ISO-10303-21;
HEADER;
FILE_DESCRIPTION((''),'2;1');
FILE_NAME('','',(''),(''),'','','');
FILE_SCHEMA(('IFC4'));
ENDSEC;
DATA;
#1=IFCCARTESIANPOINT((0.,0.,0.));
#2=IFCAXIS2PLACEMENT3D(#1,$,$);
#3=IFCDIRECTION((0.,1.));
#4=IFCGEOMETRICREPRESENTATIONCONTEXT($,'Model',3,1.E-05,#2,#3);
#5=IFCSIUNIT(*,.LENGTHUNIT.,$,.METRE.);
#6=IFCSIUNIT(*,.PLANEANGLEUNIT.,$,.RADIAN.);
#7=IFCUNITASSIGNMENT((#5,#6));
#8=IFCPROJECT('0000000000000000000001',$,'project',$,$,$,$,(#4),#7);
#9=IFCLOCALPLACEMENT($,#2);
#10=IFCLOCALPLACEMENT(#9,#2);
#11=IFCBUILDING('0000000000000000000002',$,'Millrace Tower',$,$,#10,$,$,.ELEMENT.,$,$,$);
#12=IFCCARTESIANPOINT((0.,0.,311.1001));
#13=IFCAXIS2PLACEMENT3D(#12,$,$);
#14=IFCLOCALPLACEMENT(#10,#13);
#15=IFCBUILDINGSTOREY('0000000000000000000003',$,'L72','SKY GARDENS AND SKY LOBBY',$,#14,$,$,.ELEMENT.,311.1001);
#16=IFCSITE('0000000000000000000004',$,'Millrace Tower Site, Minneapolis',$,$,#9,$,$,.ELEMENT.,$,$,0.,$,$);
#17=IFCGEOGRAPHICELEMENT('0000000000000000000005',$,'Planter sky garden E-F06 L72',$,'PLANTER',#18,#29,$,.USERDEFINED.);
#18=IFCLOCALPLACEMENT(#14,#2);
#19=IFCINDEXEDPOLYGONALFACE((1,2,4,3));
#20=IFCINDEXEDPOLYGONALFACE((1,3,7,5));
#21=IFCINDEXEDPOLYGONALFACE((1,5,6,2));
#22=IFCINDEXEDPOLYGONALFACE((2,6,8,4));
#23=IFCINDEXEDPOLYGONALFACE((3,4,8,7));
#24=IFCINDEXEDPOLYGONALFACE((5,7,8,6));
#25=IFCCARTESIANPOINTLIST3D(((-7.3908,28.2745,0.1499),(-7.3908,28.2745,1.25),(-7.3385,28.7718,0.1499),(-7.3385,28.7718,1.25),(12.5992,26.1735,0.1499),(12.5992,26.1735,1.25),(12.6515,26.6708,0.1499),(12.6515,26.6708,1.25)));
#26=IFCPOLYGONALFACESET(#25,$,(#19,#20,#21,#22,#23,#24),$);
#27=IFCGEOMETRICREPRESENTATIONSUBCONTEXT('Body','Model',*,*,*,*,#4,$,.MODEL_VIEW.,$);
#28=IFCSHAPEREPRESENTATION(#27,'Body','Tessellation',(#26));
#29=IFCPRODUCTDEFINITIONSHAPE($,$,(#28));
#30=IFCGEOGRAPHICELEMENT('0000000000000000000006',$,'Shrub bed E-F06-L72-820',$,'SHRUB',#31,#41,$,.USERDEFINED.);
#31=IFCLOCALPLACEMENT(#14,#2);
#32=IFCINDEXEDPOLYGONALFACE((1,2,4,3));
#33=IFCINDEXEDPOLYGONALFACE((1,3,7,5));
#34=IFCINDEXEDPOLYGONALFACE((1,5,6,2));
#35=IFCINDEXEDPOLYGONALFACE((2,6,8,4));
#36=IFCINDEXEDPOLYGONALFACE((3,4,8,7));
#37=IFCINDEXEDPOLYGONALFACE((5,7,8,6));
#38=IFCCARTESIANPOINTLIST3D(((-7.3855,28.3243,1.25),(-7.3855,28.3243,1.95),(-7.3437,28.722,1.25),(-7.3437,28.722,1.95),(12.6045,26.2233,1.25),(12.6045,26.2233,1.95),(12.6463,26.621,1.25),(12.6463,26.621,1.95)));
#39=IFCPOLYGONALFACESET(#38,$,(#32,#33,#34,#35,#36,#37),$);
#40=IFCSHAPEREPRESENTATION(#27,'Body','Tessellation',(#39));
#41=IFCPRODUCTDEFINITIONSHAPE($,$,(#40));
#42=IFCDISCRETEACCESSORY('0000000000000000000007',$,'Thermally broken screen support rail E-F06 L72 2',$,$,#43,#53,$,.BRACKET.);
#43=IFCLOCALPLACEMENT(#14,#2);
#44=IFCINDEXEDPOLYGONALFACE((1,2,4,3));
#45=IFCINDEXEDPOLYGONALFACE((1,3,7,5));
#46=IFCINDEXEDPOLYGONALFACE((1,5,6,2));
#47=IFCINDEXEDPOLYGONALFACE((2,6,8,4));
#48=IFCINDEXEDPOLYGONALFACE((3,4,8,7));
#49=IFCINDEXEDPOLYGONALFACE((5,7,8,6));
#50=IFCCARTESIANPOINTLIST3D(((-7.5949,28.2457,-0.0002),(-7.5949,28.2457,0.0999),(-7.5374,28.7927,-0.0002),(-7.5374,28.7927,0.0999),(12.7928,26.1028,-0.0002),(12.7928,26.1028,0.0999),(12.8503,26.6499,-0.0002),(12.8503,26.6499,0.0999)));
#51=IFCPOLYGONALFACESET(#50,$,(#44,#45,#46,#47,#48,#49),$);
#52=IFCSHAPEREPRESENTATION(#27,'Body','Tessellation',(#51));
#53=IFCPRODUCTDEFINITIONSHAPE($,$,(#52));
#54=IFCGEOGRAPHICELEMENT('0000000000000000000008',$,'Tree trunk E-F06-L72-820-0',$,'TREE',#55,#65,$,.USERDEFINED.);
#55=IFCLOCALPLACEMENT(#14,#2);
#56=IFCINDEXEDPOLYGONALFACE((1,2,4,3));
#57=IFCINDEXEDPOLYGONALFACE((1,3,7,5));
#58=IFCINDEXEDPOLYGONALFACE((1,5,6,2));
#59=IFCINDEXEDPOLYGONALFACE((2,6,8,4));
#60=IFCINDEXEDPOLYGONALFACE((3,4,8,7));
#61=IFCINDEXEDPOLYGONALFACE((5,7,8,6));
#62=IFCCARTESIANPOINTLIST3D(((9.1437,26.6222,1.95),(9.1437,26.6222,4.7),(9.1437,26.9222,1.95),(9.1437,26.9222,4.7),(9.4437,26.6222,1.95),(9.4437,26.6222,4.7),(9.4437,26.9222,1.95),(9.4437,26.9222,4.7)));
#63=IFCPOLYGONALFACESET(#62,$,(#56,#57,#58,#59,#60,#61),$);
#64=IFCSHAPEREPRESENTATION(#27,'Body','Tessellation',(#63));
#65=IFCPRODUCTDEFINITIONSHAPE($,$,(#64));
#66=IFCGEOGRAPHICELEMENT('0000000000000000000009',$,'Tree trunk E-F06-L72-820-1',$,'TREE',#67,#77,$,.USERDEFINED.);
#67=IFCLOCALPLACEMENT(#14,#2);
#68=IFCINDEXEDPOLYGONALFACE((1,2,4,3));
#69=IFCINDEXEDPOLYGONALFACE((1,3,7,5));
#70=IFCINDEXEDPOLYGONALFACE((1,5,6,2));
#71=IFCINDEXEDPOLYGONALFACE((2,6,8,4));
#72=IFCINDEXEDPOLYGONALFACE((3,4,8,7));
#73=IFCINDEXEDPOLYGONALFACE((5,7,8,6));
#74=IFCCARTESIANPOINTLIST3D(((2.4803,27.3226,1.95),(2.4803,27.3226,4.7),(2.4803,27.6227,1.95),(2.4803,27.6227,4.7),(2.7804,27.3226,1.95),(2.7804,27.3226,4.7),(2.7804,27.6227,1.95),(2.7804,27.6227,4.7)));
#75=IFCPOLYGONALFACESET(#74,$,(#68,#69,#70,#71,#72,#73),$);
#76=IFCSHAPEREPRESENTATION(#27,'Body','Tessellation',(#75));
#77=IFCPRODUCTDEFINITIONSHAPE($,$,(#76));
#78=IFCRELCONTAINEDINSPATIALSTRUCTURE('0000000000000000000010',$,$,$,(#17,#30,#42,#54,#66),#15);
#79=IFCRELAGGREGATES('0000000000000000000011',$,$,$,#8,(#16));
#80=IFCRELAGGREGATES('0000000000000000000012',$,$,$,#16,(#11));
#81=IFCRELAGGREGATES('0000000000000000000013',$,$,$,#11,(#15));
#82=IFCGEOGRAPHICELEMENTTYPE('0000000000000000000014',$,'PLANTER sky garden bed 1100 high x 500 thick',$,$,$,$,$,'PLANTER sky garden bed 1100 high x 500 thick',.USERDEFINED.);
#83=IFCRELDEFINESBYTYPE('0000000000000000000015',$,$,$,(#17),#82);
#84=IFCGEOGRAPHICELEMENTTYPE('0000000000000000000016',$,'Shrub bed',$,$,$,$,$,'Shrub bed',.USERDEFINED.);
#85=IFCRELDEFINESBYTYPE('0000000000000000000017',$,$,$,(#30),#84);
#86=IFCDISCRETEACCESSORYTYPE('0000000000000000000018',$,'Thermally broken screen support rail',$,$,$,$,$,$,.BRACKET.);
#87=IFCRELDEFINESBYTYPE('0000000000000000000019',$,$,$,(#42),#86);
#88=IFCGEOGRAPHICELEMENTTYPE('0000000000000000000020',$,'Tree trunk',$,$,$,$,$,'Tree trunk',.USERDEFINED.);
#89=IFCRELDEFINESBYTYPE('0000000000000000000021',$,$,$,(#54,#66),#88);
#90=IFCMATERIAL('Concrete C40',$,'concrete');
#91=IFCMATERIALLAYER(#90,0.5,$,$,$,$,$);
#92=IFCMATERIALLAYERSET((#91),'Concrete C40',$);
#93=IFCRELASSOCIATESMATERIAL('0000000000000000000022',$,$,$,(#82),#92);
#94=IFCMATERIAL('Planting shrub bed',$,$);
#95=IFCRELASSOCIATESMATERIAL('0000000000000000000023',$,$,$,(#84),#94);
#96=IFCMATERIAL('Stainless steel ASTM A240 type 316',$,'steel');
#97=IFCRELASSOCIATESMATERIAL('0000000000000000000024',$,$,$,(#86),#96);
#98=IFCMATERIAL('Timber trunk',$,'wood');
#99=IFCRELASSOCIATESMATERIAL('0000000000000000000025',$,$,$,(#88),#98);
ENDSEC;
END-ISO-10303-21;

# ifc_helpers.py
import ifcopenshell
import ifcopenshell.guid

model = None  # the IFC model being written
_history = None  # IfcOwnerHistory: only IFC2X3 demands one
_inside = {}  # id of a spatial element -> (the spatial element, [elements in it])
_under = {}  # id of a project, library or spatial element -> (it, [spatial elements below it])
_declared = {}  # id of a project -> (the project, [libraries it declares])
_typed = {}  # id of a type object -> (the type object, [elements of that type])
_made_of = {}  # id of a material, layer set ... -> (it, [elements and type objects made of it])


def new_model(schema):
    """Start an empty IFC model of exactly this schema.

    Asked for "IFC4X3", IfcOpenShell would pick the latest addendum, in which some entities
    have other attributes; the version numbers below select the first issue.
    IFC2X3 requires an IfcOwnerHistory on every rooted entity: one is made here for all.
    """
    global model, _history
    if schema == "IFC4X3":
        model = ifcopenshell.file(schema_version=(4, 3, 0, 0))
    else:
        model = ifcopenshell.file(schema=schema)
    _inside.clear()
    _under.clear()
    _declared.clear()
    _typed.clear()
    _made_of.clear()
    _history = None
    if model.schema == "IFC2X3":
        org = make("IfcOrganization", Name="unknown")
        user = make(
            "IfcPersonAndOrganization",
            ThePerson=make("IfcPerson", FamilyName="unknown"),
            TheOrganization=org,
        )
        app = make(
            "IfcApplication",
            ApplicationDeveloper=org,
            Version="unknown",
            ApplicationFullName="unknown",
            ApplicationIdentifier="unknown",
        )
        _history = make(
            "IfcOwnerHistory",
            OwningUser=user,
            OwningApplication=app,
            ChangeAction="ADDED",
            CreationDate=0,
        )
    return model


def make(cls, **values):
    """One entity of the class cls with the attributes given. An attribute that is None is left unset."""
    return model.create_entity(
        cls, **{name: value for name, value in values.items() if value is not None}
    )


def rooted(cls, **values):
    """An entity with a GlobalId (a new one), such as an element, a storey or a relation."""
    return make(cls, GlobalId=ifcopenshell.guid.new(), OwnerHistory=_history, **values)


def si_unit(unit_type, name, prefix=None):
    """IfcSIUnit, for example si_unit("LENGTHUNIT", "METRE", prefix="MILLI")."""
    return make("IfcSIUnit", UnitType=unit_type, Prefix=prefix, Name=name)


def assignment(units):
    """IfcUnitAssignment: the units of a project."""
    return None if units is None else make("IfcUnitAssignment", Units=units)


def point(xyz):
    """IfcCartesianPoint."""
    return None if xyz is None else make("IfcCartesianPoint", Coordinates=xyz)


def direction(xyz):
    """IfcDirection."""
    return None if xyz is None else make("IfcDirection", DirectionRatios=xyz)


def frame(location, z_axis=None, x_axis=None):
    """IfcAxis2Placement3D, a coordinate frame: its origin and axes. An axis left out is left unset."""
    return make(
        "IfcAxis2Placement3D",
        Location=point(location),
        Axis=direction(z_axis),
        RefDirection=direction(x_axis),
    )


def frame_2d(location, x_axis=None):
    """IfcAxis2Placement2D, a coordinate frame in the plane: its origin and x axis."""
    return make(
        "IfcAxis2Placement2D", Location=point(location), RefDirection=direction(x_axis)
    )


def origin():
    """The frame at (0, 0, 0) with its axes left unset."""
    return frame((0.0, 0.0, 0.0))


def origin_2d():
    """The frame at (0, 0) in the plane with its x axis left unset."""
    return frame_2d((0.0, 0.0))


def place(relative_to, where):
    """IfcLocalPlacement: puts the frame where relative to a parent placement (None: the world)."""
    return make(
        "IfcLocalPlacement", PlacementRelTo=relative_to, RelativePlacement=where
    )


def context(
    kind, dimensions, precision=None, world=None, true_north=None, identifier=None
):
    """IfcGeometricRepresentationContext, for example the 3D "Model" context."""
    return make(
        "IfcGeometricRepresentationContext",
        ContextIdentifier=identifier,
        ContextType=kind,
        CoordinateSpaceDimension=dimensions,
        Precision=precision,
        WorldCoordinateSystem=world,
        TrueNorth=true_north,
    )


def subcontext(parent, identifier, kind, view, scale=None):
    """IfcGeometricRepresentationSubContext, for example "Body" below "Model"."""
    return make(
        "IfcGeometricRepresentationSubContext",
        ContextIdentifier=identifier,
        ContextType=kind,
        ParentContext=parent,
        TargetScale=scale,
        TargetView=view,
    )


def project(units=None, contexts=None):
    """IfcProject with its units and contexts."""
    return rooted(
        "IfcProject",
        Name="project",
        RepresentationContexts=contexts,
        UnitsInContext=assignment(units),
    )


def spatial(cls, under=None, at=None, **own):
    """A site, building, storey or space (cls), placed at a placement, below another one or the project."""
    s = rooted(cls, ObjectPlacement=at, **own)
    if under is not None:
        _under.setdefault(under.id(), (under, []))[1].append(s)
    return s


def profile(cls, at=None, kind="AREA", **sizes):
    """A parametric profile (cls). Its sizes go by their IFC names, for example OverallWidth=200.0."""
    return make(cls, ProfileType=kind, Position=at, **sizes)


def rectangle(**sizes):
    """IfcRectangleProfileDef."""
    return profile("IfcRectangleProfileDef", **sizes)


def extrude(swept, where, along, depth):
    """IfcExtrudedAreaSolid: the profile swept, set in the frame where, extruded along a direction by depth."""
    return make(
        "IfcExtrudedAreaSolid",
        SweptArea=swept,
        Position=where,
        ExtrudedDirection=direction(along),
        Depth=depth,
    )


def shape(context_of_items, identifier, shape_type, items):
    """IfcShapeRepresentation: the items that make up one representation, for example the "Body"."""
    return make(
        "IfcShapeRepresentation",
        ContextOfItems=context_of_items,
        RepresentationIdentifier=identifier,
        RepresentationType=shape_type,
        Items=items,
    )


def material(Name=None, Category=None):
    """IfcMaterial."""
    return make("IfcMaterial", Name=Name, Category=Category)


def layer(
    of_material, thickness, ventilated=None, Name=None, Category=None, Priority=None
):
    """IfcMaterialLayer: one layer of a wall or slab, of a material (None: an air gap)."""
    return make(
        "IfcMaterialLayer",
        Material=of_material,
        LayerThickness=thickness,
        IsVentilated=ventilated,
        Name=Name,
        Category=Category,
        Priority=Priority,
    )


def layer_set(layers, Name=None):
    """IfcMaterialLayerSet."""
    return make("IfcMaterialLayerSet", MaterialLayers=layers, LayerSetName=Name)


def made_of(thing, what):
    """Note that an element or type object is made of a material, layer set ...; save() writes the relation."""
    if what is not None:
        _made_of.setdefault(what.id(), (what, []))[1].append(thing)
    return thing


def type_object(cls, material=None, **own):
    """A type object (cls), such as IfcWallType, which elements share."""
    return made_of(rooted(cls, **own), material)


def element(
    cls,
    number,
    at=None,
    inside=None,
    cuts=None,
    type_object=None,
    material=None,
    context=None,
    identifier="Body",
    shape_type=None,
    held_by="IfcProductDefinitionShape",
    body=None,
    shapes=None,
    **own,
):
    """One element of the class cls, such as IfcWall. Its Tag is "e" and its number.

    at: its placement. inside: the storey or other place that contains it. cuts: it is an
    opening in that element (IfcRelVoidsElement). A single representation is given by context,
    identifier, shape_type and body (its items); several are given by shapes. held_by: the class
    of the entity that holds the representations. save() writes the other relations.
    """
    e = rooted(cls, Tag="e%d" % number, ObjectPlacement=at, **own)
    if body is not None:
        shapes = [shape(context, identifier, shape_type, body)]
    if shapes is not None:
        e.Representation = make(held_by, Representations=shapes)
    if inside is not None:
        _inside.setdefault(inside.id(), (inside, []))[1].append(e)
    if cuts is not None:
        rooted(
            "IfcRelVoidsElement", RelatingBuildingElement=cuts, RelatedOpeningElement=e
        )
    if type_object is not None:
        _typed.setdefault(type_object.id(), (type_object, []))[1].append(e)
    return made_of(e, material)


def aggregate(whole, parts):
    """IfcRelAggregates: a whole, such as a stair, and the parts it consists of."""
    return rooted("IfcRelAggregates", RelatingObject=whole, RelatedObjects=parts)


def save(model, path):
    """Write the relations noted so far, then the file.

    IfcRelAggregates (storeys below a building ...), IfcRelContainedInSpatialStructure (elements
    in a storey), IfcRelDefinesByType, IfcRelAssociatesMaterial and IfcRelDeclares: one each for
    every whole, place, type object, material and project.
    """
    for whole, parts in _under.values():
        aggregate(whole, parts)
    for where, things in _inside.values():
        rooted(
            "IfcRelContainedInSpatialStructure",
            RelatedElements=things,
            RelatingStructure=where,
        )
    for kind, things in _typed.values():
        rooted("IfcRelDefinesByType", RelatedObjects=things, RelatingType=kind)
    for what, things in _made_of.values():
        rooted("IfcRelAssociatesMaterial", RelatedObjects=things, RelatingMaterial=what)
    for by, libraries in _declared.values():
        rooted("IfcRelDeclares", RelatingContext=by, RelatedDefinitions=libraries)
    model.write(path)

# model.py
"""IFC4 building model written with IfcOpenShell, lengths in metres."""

from ifc_helpers import new_model, si_unit, direction, frame, origin, origin_2d, place, context, subcontext, project, spatial, rectangle, extrude, material, layer, layer_set, type_object, element, save


model = new_model("IFC4")

# Units and contexts
model_context = context("Model", 3, precision=1e-05, world=origin(), true_north=direction((0.0, 1.0)))
body_context = subcontext(model_context, "Body", "Model", "MODEL_VIEW")
ifc_project = project(units=[si_unit("LENGTHUNIT", "METRE"), si_unit("PLANEANGLEUNIT", "RADIAN")], contexts=[model_context])

# Site, building, storey
site_placement = place(None, origin())
site = spatial("IfcSite", under=ifc_project, at=site_placement, Name="Millrace Tower Site, Minneapolis", CompositionType="ELEMENT", RefElevation=0.0)
building_placement = place(site_placement, origin())
building = spatial("IfcBuilding", under=site, at=building_placement, Name="Millrace Tower", CompositionType="ELEMENT")
storey_placement = place(building_placement, frame((0.0, 0.0, 311.1001)))
storey = spatial("IfcBuildingStorey", under=building, at=storey_placement, Name="L72", Description="SKY GARDENS AND SKY LOBBY", CompositionType="ELEMENT", Elevation=311.1001)

# Geographic elements
ifc_material_1 = material(Name="Concrete C40", Category="concrete")
ifc_layer_1 = layer(ifc_material_1, 0.5)
ifc_layer_set_1 = layer_set([ifc_layer_1], Name="Concrete C40")
geographic_element_type_1 = type_object("IfcGeographicElementType", Name="PLANTER sky garden bed 1100 high x 500 thick", ElementType="PLANTER sky garden bed 1100 high x 500 thick", PredefinedType="USERDEFINED", material=ifc_layer_set_1)
geographic_element_1_placement = place(storey_placement, frame((2.6304, 27.4727, 0.1499), z_axis=(0.0, 0.0, 1.0), x_axis=(-0.994522, 0.104528, 0.0)))
element("IfcGeographicElement", 1, at=geographic_element_1_placement, inside=storey, type_object=geographic_element_type_1, Name="Planter sky garden E-F06 L72", ObjectType="PLANTER", PredefinedType="USERDEFINED", context=body_context, shape_type="SweptSolid", body=[
    extrude(rectangle(XDim=20.1001, YDim=0.5, at=origin_2d()), origin(), (0.0, 0.0, 1.0), 1.1001),
])
ifc_material_2 = material(Name="Planting shrub bed")
geographic_element_type_2 = type_object("IfcGeographicElementType", Name="Shrub bed", ElementType="Shrub bed", PredefinedType="USERDEFINED", material=ifc_material_2)
geographic_element_2_placement = place(storey_placement, frame((2.6304, 27.4727, 1.25), z_axis=(0.0, 0.0, 1.0), x_axis=(-0.994522, 0.104528, 0.0)))
element("IfcGeographicElement", 2, at=geographic_element_2_placement, inside=storey, type_object=geographic_element_type_2, Name="Shrub bed E-F06-L72-820", ObjectType="SHRUB", PredefinedType="USERDEFINED", context=body_context, shape_type="SweptSolid", body=[
    extrude(rectangle(XDim=20.1001, YDim=0.3999, at=origin_2d()), origin(), (0.0, 0.0, 1.0), 0.7),
])

# Discrete accessory
ifc_material_3 = material(Name="Stainless steel ASTM A240 type 316", Category="steel")
discrete_accessory_type = type_object("IfcDiscreteAccessoryType", Name="Thermally broken screen support rail", PredefinedType="BRACKET", material=ifc_material_3)
discrete_accessory_placement = place(storey_placement, frame((2.6277, 27.4478, -0.0002), z_axis=(0.0, 0.0, 1.0), x_axis=(-0.994522, 0.104528, 0.0)))
element("IfcDiscreteAccessory", 3, at=discrete_accessory_placement, inside=storey, type_object=discrete_accessory_type, Name="Thermally broken screen support rail E-F06 L72 2", PredefinedType="BRACKET", context=body_context, shape_type="SweptSolid", body=[
    extrude(rectangle(XDim=20.5, YDim=0.55, at=origin_2d()), origin(), (0.0, 0.0, 1.0), 0.1001),
])

# Geographic elements
ifc_material_4 = material(Name="Timber trunk", Category="wood")
geographic_element_type_3 = type_object("IfcGeographicElementType", Name="Tree trunk", ElementType="Tree trunk", PredefinedType="USERDEFINED", material=ifc_material_4)
for number, where, z_axis, x_axis, name in (
    (4, (9.2937, 26.7722, 1.95), (0.0, 0.0, 1.0), (1.0, 0.0, 0.0), "Tree trunk E-F06-L72-820-0"),
    (5, (2.6304, 27.4727, 1.95), (0.0, 0.0, 1.0), (1.0, 0.0, 0.0), "Tree trunk E-F06-L72-820-1"),
):
    element("IfcGeographicElement", number, at=place(storey_placement, frame(where, z_axis=z_axis, x_axis=x_axis)), inside=storey, type_object=geographic_element_type_3, Name=name, ObjectType="TREE", PredefinedType="USERDEFINED", context=body_context, shape_type="SweptSolid", body=[
        extrude(rectangle(XDim=0.3, YDim=0.3, at=origin_2d()), origin(), (0.0, 0.0, 1.0), 2.75),
    ])

save(model, "model.ifc")
